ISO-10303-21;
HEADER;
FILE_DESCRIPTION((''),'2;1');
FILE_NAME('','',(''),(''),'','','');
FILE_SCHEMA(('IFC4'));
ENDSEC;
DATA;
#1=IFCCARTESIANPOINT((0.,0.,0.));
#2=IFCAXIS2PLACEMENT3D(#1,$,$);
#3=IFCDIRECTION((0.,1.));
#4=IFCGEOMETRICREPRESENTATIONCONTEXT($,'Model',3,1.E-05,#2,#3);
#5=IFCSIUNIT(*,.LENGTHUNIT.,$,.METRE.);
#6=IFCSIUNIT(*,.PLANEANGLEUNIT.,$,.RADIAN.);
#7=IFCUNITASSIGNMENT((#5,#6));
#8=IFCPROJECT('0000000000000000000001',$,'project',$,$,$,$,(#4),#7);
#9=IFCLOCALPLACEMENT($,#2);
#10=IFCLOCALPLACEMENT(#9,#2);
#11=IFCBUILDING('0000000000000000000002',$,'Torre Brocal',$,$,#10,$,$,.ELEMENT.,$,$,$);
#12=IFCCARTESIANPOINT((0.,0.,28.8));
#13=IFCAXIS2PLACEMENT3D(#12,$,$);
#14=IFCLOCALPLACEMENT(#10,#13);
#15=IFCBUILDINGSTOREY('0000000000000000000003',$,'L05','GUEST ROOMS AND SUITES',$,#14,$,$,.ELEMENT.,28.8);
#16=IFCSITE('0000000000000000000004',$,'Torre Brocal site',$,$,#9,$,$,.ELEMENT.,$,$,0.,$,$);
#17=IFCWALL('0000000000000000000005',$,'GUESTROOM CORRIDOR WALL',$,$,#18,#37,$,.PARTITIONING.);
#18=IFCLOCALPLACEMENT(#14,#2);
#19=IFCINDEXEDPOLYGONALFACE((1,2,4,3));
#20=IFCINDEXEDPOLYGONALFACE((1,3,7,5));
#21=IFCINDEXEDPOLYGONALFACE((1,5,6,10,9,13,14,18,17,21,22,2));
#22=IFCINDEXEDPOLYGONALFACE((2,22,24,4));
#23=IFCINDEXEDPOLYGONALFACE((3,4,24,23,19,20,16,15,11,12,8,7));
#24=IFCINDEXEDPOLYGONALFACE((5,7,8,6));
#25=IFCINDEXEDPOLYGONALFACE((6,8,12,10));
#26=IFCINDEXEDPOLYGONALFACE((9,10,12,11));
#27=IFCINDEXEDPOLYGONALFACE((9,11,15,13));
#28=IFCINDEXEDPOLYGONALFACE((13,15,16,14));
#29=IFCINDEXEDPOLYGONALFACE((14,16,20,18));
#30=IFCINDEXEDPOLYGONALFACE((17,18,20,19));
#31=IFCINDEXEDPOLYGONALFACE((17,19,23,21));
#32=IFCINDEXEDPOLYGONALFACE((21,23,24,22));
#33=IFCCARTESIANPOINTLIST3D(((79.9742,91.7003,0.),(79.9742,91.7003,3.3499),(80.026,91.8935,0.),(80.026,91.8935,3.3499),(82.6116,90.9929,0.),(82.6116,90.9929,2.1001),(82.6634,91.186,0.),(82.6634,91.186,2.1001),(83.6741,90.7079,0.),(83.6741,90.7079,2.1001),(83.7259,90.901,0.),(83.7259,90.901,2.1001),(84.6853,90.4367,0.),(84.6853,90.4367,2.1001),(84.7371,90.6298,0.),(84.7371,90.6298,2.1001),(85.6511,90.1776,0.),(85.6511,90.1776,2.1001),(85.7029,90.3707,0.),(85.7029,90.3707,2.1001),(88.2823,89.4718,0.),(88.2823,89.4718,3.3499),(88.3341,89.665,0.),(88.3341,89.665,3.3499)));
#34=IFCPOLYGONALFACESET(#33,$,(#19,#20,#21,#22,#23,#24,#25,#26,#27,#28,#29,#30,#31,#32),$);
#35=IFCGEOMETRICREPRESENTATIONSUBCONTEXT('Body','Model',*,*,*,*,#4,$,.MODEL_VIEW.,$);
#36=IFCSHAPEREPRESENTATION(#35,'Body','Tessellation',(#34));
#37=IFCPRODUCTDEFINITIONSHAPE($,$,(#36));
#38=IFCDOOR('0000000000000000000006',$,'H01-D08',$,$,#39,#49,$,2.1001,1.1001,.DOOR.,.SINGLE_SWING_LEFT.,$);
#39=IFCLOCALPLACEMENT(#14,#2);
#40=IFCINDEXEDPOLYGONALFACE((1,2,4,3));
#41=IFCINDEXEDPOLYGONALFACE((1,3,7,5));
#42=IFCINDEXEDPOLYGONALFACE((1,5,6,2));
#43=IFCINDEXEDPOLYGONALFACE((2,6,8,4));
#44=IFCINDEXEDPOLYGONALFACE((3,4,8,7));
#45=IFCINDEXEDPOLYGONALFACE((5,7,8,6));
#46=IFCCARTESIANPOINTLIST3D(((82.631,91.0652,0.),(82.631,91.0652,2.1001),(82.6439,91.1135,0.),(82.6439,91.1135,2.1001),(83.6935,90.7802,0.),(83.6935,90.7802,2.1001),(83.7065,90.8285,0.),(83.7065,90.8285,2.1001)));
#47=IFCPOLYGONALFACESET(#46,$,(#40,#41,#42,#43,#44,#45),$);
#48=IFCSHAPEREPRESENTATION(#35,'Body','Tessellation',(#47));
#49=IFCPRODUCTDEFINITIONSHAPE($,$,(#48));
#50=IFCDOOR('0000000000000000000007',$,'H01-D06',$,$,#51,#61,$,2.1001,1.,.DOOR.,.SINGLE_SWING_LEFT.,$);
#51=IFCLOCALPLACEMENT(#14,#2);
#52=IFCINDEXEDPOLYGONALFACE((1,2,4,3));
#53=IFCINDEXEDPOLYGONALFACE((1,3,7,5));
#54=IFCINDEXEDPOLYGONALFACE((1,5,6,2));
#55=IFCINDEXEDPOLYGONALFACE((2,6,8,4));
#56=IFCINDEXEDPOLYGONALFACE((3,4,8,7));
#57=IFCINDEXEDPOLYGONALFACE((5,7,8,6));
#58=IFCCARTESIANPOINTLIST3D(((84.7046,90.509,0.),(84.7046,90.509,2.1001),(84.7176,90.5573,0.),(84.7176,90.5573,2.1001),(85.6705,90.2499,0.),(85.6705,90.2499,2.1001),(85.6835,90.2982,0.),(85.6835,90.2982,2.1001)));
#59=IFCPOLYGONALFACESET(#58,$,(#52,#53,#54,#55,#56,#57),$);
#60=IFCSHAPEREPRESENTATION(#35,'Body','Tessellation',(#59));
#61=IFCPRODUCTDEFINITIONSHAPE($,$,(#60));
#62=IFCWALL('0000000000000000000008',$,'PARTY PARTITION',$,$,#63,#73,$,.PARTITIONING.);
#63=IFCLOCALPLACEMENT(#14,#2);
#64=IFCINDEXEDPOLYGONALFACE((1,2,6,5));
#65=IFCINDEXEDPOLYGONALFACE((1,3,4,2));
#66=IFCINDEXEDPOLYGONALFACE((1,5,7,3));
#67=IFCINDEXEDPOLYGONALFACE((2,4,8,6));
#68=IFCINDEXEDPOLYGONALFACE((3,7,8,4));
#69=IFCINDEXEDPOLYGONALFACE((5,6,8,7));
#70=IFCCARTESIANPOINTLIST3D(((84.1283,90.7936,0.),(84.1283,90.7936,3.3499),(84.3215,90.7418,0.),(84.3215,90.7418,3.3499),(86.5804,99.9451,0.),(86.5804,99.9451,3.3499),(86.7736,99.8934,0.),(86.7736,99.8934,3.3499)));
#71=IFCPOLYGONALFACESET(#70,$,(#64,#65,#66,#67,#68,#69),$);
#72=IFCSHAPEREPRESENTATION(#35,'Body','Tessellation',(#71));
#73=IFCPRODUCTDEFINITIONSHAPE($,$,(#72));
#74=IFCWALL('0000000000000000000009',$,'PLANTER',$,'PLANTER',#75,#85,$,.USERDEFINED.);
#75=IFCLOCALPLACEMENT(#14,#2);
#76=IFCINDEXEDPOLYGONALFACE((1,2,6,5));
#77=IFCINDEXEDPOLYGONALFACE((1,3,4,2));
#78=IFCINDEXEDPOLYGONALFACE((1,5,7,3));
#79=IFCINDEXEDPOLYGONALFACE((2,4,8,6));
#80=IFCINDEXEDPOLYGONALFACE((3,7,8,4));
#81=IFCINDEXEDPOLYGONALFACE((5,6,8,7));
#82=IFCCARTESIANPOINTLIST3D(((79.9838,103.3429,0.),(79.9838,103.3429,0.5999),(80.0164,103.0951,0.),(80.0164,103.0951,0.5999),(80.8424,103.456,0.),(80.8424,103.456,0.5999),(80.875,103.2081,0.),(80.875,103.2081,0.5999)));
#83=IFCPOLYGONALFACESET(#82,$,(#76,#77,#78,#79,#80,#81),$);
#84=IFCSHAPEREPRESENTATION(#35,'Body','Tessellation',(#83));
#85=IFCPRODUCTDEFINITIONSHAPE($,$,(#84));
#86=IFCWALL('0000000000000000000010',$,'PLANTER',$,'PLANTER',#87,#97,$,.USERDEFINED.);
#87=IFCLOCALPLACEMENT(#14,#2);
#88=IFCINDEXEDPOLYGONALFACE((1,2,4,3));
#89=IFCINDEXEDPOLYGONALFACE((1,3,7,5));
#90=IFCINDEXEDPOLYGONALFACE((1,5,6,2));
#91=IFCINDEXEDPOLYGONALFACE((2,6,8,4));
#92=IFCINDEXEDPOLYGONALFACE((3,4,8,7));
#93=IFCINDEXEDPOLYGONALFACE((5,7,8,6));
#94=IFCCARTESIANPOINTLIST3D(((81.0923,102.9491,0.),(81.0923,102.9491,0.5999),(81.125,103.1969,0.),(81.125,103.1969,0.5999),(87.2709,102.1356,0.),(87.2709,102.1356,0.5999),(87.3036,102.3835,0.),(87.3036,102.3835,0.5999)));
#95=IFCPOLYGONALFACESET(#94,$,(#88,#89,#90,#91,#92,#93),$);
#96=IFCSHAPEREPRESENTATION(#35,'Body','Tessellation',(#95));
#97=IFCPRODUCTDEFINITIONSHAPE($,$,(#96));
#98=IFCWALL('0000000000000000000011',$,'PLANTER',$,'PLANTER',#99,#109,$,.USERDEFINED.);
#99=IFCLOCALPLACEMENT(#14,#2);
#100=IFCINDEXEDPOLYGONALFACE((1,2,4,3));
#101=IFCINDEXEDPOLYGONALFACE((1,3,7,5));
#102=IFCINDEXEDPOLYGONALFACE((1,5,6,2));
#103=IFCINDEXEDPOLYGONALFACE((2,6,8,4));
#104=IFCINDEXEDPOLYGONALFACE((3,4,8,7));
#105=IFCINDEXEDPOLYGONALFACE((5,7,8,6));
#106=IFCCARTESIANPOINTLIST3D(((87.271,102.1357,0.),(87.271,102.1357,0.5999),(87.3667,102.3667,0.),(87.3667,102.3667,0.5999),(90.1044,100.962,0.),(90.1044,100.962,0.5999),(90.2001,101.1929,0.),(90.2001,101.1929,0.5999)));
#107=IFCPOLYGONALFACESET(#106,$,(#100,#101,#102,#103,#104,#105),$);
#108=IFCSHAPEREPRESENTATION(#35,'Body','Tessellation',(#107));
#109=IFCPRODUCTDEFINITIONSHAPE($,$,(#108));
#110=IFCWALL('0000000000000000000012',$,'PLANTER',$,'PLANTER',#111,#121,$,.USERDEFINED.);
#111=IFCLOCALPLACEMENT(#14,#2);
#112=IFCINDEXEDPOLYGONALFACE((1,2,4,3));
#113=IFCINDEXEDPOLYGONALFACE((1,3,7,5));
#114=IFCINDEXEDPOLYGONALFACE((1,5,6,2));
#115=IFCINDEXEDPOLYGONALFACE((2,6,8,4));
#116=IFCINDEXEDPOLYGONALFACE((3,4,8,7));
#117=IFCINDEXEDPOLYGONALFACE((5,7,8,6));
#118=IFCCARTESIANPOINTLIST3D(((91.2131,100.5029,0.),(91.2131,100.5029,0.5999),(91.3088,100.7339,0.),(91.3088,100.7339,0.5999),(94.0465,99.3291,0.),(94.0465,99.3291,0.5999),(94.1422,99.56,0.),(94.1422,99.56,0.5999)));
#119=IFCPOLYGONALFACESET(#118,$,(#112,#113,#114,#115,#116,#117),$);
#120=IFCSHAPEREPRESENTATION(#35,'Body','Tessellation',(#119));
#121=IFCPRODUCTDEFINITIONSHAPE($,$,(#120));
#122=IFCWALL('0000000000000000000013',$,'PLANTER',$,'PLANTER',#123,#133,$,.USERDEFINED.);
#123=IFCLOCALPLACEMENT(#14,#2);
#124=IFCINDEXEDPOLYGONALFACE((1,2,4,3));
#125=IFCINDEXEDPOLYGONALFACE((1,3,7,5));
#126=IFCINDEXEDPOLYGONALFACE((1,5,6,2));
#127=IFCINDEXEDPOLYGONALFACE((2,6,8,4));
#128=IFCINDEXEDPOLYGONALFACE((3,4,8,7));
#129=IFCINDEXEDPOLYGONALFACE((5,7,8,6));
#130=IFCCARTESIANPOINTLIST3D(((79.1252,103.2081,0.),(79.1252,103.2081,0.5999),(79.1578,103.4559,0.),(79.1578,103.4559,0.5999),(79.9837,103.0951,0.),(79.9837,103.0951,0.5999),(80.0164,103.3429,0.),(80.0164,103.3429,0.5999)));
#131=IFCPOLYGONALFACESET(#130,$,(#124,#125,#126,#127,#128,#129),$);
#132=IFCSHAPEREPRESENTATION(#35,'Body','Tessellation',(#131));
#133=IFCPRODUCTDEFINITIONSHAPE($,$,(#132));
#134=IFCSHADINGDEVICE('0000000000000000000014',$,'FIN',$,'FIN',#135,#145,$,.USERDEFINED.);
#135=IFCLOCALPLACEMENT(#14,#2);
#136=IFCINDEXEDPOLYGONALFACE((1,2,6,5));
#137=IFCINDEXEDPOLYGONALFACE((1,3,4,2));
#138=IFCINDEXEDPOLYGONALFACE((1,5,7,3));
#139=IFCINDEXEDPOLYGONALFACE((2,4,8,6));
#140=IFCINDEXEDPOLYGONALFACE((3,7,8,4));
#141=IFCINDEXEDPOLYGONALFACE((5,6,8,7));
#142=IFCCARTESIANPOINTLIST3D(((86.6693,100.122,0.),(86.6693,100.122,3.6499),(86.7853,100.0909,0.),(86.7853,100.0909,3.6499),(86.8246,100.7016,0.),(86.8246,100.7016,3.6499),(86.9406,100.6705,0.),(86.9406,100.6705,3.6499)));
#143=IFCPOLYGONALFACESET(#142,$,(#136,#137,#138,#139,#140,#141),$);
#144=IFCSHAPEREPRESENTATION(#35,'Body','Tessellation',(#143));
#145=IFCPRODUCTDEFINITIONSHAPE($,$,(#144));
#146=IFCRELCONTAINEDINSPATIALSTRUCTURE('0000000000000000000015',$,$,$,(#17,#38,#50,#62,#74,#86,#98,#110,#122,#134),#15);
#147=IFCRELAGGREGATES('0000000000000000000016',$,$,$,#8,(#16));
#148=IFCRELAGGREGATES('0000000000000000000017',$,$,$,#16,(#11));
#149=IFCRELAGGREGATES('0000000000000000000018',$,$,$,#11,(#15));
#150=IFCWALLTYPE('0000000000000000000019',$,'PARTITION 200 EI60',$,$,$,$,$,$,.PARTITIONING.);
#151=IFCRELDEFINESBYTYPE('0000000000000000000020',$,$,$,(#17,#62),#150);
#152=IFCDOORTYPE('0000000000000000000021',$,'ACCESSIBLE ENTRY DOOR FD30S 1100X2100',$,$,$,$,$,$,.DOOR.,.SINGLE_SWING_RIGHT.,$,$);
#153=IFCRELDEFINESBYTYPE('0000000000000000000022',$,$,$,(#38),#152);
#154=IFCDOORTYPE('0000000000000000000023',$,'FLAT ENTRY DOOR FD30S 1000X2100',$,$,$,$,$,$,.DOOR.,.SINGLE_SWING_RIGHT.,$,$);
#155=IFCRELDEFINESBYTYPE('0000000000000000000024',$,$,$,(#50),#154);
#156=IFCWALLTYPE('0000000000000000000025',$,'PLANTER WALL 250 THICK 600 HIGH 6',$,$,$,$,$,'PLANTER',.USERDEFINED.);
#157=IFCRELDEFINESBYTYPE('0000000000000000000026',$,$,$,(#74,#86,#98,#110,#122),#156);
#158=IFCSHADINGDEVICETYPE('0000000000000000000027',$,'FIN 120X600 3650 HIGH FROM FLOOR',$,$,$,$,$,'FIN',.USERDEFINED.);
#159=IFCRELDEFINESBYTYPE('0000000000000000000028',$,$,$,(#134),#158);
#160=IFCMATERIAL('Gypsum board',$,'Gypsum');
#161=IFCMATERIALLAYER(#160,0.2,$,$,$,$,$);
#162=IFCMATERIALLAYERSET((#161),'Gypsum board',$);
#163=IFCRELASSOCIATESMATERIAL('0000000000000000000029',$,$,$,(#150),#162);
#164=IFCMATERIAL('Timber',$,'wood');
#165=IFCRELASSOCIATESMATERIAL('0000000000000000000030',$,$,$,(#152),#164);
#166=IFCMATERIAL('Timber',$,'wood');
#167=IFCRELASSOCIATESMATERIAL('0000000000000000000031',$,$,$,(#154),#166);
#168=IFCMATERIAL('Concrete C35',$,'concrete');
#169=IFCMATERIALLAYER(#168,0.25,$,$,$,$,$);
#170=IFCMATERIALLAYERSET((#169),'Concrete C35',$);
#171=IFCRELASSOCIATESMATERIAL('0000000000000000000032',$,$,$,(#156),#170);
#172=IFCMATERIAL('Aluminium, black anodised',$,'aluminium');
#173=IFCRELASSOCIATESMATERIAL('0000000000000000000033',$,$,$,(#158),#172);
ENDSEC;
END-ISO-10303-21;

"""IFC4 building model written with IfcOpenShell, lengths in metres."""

from ifc_helpers import new_model, si_unit, direction, frame, frame_2d, origin, origin_2d, place, context, subcontext, project, spatial, rectangle, extrude, material, layer, layer_set, material_profile, profile_set, type_object, element, fill, save


model = new_model("IFC4")

# Units and contexts
model_context = context("Model", 3, precision=1e-05, world=origin(), true_north=direction((0.0, 1.0)))
body_context = subcontext(model_context, "Body", "Model", "MODEL_VIEW")
ifc_project = project(units=[si_unit("LENGTHUNIT", "METRE"), si_unit("PLANEANGLEUNIT", "RADIAN")], contexts=[model_context])

# Site, building, storey
site_placement = place(None, origin())
site = spatial("IfcSite", under=ifc_project, at=site_placement, Name="Torre Brocal site", CompositionType="ELEMENT", RefElevation=0.0)
building_placement = place(site_placement, origin())
building = spatial("IfcBuilding", under=site, at=building_placement, Name="Torre Brocal", CompositionType="ELEMENT")
storey_placement = place(building_placement, frame((0.0, 0.0, 28.8)))
storey = spatial("IfcBuildingStorey", under=building, at=storey_placement, Name="L05", Description="GUEST ROOMS AND SUITES", CompositionType="ELEMENT", Elevation=28.8)

# Shared definitions
ifc_material_1 = material(Name="Gypsum board", Category="Gypsum")
ifc_layer_1 = layer(ifc_material_1, 0.2)
ifc_layer_set_1 = layer_set([ifc_layer_1], Name="Gypsum board")
wall_type_1 = type_object("IfcWallType", Name="PARTITION 200 EI60", PredefinedType="PARTITIONING", material=ifc_layer_set_1)

# Wall, openings, doors
wall_1_placement = place(storey_placement, frame((80.0002, 91.7969, 0.0), z_axis=(0.0, 0.0, 1.0), x_axis=(0.965857, -0.259076, 0.0)))
wall_1 = element("IfcWall", 1, at=wall_1_placement, inside=storey, type_object=wall_type_1, Name="GUESTROOM CORRIDOR WALL", PredefinedType="PARTITIONING", context=body_context, shape_type="SweptSolid", body=[
    extrude(rectangle(XDim=8.6018, YDim=0.2, at=frame_2d((4.3008, 0.0))), origin(), (0.0, 0.0, 1.0), 3.3499),
])
opening_1_placement = place(wall_1_placement, frame((4.8774, 0.0, 0.0)))
opening_1 = element("IfcOpeningElement", 2, at=opening_1_placement, cuts=wall_1, PredefinedType="OPENING", context=body_context, shape_type="SweptSolid", body=[
    extrude(rectangle(XDim=1.0, YDim=2.1001, at=frame_2d((0.5, 1.05))), frame((0.0, 0.1099, 0.0), z_axis=(0.0, -1.0, 0.0), x_axis=(1.0, 0.0, 0.0)), (0.0, 0.0, 1.0), 0.22),
])
opening_2_placement = place(wall_1_placement, frame((2.7305, 0.0, 0.0)))
opening_2 = element("IfcOpeningElement", 3, at=opening_2_placement, cuts=wall_1, PredefinedType="OPENING", context=body_context, shape_type="SweptSolid", body=[
    extrude(rectangle(XDim=1.1001, YDim=2.1001, at=frame_2d((0.55, 1.05))), frame((0.0, 0.1099, 0.0), z_axis=(0.0, -1.0, 0.0), x_axis=(1.0, 0.0, 0.0)), (0.0, 0.0, 1.0), 0.22),
])
ifc_material_2 = material(Name="Timber", Category="wood")
door_type_1 = type_object("IfcDoorType", Name="ACCESSIBLE ENTRY DOOR FD30S 1100X2100", OperationType="SINGLE_SWING_RIGHT", PredefinedType="DOOR", material=ifc_material_2)
door_1_placement = place(opening_2_placement, origin())
door_1 = element("IfcDoor", 4, at=door_1_placement, inside=storey, type_object=door_type_1, Name="H01-D08", OperationType="SINGLE_SWING_LEFT", OverallHeight=2.1001, OverallWidth=1.1001, PredefinedType="DOOR", context=body_context, shape_type="SweptSolid", body=[
    extrude(rectangle(XDim=1.1001, YDim=2.1001, at=frame_2d((0.55, 1.05))), frame((0.0, 0.0249, 0.0), z_axis=(0.0, -1.0, 0.0), x_axis=(1.0, 0.0, 0.0)), (0.0, 0.0, 1.0), 0.05),
])
fill(opening_2, door_1)
ifc_material_3 = material(Name="Timber", Category="wood")
door_type_2 = type_object("IfcDoorType", Name="FLAT ENTRY DOOR FD30S 1000X2100", OperationType="SINGLE_SWING_RIGHT", PredefinedType="DOOR", material=ifc_material_3)
door_2_placement = place(opening_1_placement, origin())
door_2 = element("IfcDoor", 5, at=door_2_placement, inside=storey, type_object=door_type_2, Name="H01-D06", OperationType="SINGLE_SWING_LEFT", OverallHeight=2.1001, OverallWidth=1.0, PredefinedType="DOOR", context=body_context, shape_type="SweptSolid", body=[
    extrude(rectangle(XDim=1.0, YDim=2.1001, at=frame_2d((0.5, 1.05))), frame((0.0, 0.0249, 0.0), z_axis=(0.0, -1.0, 0.0), x_axis=(1.0, 0.0, 0.0)), (0.0, 0.0, 1.0), 0.05),
])
fill(opening_1, door_2)

# Walls
wall_2_placement = place(storey_placement, frame((84.2249, 90.7676, 0.0), z_axis=(0.0, 0.0, 1.0), x_axis=(0.258817, 0.965926, 0.0)))
element("IfcWall", 6, at=wall_2_placement, inside=storey, type_object=wall_type_1, Name="PARTY PARTITION", PredefinedType="PARTITIONING", context=body_context, shape_type="SweptSolid", body=[
    extrude(rectangle(XDim=9.4744, YDim=0.2, at=frame_2d((4.7373, 0.0))), origin(), (0.0, 0.0, 1.0), 3.3499),
])
ifc_material_4 = material(Name="Concrete C35", Category="concrete")
ifc_layer_2 = layer(ifc_material_4, 0.25)
ifc_layer_set_2 = layer_set([ifc_layer_2], Name="Concrete C35")
wall_type_2 = type_object("IfcWallType", Name="PLANTER WALL 250 THICK 600 HIGH 6", ElementType="PLANTER", PredefinedType="USERDEFINED", material=ifc_layer_set_2)
wall_3_placement = place(storey_placement, frame((80.0, 103.219, 0.0), z_axis=(0.0, 0.0, 1.0), x_axis=(0.991446, 0.13052, 0.0)))
element("IfcWall", 7, at=wall_3_placement, inside=storey, type_object=wall_type_2, Name="PLANTER", ObjectType="PLANTER", PredefinedType="USERDEFINED", context=body_context, shape_type="SweptSolid", body=[
    extrude(rectangle(XDim=0.866, YDim=0.25, at=frame_2d((0.4331, 0.0))), origin(), (0.0, 0.0, 1.0), 0.5999),
])
wall_4_placement = place(storey_placement, frame((81.1086, 103.073, 0.0), z_axis=(0.0, 0.0, 1.0), x_axis=(0.991444, -0.130532, 0.0)))
element("IfcWall", 8, at=wall_4_placement, inside=storey, type_object=wall_type_2, Name="PLANTER", ObjectType="PLANTER", PredefinedType="USERDEFINED", context=body_context, shape_type="SweptSolid", body=[
    extrude(rectangle(XDim=6.2319, YDim=0.25, at=frame_2d((3.116, 0.0))), origin(), (0.0, 0.0, 1.0), 0.5999),
])
for number, where, z_axis, x_axis, name in (
    (9, (87.3188, 102.2512, 0.0), (0.0, 0.0, 1.0), (0.923862, -0.382727, 0.0), "PLANTER"),
    (10, (91.261, 100.6184, 0.0), (0.0, 0.0, 1.0), (0.92385, -0.382755, 0.0), "PLANTER"),
):
    element("IfcWall", number, at=place(storey_placement, frame(where, z_axis=z_axis, x_axis=x_axis)), inside=storey, type_object=wall_type_2, Name=name, ObjectType="PLANTER", PredefinedType="USERDEFINED", context=body_context, shape_type="SweptSolid", body=[
        extrude(rectangle(XDim=3.0669, YDim=0.25, at=frame_2d((1.5334, 0.0))), origin(), (0.0, 0.0, 1.0), 0.5999),
    ])
wall_5_placement = place(storey_placement, frame((79.1414, 103.332, 0.0), z_axis=(0.0, 0.0, 1.0), x_axis=(0.991446, -0.13052, 0.0)))
element("IfcWall", 11, at=wall_5_placement, inside=storey, type_object=wall_type_2, Name="PLANTER", ObjectType="PLANTER", PredefinedType="USERDEFINED", context=body_context, shape_type="SweptSolid", body=[
    extrude(rectangle(XDim=0.866, YDim=0.25, at=frame_2d((0.4331, 0.0))), origin(), (0.0, 0.0, 1.0), 0.5999),
])

# Shading device
ifc_material_5 = material(Name="Aluminium, black anodised", Category="aluminium")
ifc_material_profile_1 = material_profile(ifc_material_5, rectangle(XDim=0.1201, YDim=0.6001, at=origin_2d()), Name="FIN 120X600 3650 HIGH FROM FLOOR")
ifc_profile_set_1 = profile_set([ifc_material_profile_1], Name="Aluminium, black anodised")
shading_device_type = type_object("IfcShadingDeviceType", Name="FIN 120X600 3650 HIGH FROM FLOOR", ElementType="FIN", PredefinedType="USERDEFINED", material=ifc_profile_set_1)
shading_device_placement = place(storey_placement, frame((86.8049, 100.3962, 0.0), z_axis=(0.0, 0.0, 1.0), x_axis=(-0.965926, 0.258819, 0.0)))
element("IfcShadingDevice", 12, at=shading_device_placement, inside=storey, type_object=shading_device_type, Name="FIN", ObjectType="FIN", PredefinedType="USERDEFINED", context=body_context, shape_type="SweptSolid", body=[
    extrude(rectangle(XDim=0.1201, YDim=0.6001, at=origin_2d()), origin(), (0.0, 0.0, 1.0), 3.6499),
])

save(model, "model.ifc")
